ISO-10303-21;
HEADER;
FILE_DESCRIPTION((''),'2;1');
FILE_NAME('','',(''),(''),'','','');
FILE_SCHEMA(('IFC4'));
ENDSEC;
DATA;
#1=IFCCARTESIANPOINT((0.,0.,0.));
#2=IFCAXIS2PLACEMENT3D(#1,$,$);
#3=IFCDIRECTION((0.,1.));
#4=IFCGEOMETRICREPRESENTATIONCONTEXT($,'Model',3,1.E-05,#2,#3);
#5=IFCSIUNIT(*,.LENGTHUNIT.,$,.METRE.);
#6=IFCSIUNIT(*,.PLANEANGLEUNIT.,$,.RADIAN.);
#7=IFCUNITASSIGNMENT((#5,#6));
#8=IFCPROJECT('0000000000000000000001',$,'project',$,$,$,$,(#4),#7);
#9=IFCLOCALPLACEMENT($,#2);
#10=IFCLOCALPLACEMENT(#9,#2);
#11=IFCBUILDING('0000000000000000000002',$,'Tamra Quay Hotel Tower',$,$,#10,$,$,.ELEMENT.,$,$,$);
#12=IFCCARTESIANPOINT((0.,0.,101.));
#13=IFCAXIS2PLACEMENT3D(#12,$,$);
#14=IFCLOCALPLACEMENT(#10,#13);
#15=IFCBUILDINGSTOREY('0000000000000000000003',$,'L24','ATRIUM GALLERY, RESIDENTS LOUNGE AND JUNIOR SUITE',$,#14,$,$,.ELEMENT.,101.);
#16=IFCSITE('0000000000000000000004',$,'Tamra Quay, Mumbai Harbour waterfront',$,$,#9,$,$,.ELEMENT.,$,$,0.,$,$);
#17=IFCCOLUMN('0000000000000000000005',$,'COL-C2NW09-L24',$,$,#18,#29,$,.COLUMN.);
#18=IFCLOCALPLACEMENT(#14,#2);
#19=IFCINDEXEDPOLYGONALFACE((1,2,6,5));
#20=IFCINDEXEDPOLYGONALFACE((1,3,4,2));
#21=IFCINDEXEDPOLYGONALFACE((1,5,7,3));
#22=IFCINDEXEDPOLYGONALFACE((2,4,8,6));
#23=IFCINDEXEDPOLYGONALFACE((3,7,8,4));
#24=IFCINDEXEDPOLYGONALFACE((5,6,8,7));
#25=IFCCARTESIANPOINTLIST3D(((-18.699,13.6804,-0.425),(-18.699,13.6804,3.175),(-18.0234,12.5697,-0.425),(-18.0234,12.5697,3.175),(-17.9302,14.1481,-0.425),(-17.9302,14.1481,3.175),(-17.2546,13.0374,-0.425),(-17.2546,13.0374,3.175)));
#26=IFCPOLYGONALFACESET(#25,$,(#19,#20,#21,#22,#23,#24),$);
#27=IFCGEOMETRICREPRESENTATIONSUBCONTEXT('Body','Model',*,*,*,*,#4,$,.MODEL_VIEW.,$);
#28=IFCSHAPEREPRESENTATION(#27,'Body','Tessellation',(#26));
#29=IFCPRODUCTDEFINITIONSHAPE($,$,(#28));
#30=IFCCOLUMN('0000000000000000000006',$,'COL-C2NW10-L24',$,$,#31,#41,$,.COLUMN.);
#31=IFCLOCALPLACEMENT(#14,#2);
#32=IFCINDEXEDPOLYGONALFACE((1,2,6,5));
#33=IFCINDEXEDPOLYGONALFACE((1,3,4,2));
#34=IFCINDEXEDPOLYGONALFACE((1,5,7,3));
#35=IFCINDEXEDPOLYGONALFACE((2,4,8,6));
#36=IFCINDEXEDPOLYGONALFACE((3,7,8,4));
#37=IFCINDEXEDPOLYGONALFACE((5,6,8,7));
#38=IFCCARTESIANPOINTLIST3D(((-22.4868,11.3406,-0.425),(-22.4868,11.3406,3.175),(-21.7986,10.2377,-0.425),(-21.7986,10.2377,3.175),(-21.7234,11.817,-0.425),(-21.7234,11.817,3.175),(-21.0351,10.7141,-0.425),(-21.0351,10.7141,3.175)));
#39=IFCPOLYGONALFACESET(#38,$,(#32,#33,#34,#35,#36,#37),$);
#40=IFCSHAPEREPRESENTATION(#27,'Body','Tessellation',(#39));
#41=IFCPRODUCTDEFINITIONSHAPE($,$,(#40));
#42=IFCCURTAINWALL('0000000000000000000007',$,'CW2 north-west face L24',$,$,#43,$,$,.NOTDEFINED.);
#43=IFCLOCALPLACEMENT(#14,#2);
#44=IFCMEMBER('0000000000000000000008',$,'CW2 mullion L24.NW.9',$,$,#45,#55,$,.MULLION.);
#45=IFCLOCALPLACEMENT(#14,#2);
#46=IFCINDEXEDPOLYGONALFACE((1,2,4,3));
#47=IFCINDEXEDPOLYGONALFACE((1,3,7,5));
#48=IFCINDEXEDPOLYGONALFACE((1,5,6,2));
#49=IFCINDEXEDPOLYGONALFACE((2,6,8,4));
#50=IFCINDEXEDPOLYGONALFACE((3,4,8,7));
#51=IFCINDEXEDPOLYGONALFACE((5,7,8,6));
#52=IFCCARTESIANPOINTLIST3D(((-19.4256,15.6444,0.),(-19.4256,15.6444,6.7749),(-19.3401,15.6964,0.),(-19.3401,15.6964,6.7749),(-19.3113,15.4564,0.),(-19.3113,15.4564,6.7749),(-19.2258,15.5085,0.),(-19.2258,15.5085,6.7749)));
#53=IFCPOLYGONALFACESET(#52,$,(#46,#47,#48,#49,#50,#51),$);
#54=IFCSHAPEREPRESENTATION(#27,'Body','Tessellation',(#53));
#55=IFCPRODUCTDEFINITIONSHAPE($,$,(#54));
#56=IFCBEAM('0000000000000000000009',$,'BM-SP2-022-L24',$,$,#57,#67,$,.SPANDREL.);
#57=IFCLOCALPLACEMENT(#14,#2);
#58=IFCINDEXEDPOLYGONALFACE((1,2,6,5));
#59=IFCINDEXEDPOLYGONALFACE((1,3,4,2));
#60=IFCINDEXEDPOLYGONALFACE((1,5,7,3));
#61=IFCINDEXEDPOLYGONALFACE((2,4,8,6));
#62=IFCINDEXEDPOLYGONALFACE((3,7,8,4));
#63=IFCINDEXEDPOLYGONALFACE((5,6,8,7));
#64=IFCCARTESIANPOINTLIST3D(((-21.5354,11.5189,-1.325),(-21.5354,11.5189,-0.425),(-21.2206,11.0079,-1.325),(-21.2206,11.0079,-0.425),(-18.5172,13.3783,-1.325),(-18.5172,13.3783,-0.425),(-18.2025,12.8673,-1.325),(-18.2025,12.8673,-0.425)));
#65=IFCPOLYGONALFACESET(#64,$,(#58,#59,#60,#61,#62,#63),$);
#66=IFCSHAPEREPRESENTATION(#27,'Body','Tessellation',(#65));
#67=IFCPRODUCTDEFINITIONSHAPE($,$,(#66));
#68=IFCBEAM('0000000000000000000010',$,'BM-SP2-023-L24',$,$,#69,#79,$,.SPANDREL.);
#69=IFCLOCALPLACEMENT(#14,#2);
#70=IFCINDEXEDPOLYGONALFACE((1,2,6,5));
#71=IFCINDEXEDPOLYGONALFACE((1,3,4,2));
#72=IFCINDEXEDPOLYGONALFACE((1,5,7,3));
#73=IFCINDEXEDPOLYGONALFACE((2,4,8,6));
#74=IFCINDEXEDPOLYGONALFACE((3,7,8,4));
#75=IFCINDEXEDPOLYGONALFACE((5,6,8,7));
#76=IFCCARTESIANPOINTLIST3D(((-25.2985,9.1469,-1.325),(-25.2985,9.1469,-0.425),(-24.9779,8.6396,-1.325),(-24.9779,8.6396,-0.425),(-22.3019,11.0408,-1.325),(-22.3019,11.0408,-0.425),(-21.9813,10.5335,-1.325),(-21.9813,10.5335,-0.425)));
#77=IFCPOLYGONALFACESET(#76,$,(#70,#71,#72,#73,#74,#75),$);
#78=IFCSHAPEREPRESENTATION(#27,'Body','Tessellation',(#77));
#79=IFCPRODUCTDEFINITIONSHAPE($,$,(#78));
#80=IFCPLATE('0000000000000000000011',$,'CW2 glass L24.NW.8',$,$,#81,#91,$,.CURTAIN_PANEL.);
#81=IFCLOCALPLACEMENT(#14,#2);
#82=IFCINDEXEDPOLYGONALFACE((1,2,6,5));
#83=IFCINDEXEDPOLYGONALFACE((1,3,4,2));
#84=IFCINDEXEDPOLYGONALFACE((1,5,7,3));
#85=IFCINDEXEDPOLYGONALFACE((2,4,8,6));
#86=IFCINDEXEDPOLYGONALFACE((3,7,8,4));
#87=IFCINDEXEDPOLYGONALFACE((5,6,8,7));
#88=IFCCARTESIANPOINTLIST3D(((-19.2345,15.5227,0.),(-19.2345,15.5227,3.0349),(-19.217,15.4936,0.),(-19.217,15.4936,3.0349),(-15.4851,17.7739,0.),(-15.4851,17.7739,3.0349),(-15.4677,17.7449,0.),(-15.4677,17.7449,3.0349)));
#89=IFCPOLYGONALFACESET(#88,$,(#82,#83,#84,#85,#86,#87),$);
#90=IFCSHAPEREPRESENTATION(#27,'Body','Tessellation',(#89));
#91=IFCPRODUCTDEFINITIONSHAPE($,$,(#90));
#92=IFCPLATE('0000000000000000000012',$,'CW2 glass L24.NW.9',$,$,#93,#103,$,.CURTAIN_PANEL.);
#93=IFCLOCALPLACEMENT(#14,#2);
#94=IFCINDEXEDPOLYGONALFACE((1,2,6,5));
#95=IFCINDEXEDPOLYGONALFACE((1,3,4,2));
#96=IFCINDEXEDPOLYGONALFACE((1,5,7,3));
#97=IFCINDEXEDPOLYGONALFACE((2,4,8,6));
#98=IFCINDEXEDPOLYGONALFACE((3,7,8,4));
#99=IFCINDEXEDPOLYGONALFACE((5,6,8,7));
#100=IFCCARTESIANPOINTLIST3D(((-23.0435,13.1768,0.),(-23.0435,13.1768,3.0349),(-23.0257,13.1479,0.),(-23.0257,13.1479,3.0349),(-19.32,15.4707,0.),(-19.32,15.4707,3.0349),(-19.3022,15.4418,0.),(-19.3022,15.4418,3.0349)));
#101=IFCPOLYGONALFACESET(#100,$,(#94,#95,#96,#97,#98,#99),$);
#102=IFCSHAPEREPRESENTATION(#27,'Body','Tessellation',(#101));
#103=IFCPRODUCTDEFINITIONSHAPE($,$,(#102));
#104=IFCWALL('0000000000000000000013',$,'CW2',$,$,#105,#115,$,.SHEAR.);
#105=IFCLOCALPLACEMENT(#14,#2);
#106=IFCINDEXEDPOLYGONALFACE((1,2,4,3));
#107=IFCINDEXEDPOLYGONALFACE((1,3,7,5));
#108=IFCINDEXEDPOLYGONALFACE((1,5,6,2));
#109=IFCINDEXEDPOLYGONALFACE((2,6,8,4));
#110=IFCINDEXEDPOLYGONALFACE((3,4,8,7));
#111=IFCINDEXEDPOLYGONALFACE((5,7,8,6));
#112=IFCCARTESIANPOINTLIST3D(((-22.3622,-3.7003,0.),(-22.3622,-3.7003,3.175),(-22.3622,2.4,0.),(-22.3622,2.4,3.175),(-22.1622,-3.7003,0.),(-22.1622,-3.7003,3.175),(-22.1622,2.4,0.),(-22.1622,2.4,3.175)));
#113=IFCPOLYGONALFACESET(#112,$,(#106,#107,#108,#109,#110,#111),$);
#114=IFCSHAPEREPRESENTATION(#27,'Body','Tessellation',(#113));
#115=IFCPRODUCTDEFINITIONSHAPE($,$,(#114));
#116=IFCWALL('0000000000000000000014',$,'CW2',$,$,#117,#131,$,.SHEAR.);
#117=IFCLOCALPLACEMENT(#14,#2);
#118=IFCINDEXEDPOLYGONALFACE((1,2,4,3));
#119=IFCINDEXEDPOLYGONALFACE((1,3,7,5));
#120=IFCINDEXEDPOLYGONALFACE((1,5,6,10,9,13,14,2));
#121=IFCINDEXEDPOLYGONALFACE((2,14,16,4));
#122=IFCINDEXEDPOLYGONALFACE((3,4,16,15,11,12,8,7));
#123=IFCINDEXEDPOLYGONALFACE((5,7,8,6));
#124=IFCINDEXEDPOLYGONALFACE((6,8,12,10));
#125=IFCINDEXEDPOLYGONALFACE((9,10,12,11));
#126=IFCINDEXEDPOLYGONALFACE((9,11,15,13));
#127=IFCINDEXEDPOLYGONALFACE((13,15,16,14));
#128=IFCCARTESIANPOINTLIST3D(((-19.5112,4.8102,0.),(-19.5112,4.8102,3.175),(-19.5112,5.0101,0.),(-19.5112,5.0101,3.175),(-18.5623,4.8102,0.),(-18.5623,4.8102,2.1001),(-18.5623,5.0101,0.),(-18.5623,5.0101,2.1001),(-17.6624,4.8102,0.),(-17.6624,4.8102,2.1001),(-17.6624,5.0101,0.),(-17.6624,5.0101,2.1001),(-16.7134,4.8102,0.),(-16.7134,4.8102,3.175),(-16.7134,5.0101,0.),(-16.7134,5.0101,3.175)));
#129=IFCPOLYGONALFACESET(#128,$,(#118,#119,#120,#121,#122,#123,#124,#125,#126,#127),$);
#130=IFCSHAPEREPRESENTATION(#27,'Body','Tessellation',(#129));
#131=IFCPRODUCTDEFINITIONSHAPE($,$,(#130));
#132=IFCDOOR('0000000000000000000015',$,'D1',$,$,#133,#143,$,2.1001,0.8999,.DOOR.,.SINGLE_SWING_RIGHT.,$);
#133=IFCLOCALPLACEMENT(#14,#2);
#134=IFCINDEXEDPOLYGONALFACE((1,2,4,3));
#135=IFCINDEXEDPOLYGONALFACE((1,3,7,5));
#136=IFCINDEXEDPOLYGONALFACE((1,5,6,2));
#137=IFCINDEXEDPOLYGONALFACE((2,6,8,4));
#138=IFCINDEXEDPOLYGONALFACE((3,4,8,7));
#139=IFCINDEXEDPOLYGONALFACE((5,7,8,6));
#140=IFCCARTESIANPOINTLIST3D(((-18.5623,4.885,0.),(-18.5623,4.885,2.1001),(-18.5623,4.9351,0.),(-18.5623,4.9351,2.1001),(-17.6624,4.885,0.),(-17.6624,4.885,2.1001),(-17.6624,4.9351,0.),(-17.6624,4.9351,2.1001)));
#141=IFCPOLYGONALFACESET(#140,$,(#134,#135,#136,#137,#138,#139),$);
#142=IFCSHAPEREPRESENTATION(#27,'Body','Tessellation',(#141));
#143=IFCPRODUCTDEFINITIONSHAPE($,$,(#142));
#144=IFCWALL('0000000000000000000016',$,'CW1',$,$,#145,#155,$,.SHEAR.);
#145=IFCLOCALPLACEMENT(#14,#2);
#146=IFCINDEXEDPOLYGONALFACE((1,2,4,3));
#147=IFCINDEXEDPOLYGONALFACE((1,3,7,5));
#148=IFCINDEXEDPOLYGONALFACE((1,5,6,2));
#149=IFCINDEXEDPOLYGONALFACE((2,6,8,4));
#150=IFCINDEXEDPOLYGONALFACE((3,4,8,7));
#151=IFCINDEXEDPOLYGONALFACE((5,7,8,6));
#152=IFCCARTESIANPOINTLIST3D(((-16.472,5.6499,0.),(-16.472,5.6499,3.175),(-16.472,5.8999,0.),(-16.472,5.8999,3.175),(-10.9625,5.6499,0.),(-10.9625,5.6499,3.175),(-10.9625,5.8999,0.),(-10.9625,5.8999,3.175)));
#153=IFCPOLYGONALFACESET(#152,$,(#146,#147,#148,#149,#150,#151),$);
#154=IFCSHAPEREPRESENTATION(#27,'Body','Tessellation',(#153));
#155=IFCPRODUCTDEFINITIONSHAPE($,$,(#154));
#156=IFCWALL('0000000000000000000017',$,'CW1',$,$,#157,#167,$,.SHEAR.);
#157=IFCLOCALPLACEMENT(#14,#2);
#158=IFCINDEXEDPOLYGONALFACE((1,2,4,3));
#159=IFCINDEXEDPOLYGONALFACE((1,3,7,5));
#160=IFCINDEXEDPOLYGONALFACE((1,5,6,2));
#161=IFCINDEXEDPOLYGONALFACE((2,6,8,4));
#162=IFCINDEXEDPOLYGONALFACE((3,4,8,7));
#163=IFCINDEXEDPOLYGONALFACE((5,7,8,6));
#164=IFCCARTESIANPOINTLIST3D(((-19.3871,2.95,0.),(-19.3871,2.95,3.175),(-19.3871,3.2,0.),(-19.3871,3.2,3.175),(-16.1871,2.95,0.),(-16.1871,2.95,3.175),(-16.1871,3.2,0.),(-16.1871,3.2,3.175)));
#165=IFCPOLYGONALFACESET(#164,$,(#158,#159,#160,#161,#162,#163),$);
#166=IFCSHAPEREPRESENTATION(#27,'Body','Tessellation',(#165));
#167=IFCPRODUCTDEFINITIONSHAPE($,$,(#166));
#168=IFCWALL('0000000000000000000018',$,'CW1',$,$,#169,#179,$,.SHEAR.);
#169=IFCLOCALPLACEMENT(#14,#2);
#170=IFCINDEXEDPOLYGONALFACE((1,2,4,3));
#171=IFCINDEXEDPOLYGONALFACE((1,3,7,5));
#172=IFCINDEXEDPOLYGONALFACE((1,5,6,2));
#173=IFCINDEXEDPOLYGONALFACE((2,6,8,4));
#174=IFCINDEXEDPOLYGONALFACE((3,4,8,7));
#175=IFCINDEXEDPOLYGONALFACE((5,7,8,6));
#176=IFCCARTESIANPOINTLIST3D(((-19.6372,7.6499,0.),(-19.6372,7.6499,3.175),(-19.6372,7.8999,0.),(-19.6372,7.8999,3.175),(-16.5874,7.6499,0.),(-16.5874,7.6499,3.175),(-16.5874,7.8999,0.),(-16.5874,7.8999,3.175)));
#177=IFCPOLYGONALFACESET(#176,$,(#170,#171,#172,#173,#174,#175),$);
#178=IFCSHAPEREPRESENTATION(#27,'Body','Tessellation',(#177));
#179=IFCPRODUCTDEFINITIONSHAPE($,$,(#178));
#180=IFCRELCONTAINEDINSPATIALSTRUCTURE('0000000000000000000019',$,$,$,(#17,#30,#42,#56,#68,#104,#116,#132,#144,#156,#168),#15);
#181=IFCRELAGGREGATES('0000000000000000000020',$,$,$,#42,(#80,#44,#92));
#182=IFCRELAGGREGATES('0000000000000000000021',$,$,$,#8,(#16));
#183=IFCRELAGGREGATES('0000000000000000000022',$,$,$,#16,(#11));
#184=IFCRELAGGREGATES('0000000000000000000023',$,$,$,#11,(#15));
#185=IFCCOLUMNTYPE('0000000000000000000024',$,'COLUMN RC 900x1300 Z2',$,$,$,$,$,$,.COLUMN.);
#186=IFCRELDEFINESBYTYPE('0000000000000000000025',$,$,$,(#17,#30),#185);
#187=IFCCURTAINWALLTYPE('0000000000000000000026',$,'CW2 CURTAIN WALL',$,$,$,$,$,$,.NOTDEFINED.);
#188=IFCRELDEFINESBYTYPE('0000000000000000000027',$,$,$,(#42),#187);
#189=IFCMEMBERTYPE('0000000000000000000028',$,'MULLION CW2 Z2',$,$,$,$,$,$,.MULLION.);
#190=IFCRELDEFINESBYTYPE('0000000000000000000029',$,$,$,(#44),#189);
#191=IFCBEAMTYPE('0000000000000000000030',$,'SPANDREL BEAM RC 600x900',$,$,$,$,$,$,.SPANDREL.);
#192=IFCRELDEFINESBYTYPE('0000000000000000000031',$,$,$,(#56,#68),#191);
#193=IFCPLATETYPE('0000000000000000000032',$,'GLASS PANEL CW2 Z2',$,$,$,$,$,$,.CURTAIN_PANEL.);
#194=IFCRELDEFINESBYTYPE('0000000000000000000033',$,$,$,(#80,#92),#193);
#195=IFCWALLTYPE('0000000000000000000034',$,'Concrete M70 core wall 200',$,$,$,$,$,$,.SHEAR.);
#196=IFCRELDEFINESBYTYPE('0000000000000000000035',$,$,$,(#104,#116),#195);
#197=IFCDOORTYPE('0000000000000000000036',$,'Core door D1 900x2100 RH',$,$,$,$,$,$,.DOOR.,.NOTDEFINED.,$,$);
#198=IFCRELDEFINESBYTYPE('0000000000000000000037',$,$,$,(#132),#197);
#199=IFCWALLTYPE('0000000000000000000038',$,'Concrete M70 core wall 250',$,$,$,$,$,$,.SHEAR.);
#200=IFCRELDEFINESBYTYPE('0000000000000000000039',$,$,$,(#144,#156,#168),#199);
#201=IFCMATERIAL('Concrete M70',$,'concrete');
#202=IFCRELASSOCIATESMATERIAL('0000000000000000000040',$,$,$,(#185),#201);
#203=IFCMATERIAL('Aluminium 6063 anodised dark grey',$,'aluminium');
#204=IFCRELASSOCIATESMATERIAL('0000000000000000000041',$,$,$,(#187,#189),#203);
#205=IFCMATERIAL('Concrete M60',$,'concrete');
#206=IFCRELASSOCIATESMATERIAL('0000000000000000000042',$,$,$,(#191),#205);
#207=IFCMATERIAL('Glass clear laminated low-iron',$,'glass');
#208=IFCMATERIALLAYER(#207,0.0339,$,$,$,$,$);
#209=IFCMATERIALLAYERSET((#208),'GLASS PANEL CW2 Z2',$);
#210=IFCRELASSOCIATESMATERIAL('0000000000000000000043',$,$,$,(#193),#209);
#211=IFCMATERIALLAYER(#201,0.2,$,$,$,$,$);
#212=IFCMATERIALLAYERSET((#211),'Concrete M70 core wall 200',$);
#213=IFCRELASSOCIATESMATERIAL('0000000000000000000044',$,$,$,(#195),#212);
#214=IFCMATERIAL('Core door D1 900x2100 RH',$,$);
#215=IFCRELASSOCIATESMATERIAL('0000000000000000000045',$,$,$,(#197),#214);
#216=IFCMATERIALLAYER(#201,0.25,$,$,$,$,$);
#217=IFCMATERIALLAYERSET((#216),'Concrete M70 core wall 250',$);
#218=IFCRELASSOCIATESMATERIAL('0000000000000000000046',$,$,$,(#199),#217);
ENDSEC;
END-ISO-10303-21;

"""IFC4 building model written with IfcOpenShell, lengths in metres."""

from ifc_helpers import new_model, si_unit, direction, frame, frame_2d, origin, origin_2d, place, context, subcontext, project, spatial, rectangle, extrude, material, layer, layer_set, material_profile, profile_set, type_object, element, fill, aggregate, save


model = new_model("IFC4")

# Units and contexts
model_context = context("Model", 3, precision=1e-05, world=origin(), true_north=direction((0.0, 1.0)))
body_context = subcontext(model_context, "Body", "Model", "MODEL_VIEW")
ifc_project = project(units=[si_unit("LENGTHUNIT", "METRE"), si_unit("PLANEANGLEUNIT", "RADIAN")], contexts=[model_context])

# Site, building, storey
site_placement = place(None, origin())
site = spatial("IfcSite", under=ifc_project, at=site_placement, Name="Tamra Quay, Mumbai Harbour waterfront", CompositionType="ELEMENT", RefElevation=0.0)
building_placement = place(site_placement, origin())
building = spatial("IfcBuilding", under=site, at=building_placement, Name="Tamra Quay Hotel Tower", CompositionType="ELEMENT")
storey_placement = place(building_placement, frame((0.0, 0.0, 101.0)))
storey = spatial("IfcBuildingStorey", under=building, at=storey_placement, Name="L24", Description="ATRIUM GALLERY, RESIDENTS LOUNGE AND JUNIOR SUITE", CompositionType="ELEMENT", Elevation=101.0)

# Columns
ifc_material_1 = material(Name="Concrete M70", Category="concrete")
ifc_material_profile_1 = material_profile(ifc_material_1, rectangle(XDim=1.3, YDim=0.8999, at=origin_2d()), Name="COLUMN RC 900x1300 Z2")
ifc_profile_set_1 = profile_set([ifc_material_profile_1], Name="Concrete M70")
column_type = type_object("IfcColumnType", Name="COLUMN RC 900x1300 Z2", PredefinedType="COLUMN", material=ifc_profile_set_1)
for number, where, z_axis, x_axis, name in (
    (1, (-17.9768, 13.3589, -0.425), (0.0, 0.0, 1.0), (-0.519679, 0.854362, 0.0), "COL-C2NW09-L24"),
    (2, (-21.761, 11.0273, -0.425), (0.0, 0.0, 1.0), (-0.52941, 0.848366, 0.0), "COL-C2NW10-L24"),
):
    element("IfcColumn", number, at=place(storey_placement, frame(where, z_axis=z_axis, x_axis=x_axis)), inside=storey, type_object=column_type, Name=name, PredefinedType="COLUMN", context=body_context, shape_type="SweptSolid", body=[
        extrude(rectangle(XDim=1.3, YDim=0.8999, at=origin_2d()), origin(), (0.0, 0.0, 1.0), 3.6001),
    ])

# Curtain wall, member
ifc_material_2 = material(Name="Aluminium 6063 anodised dark grey", Category="aluminium")
curtain_wall_type = type_object("IfcCurtainWallType", Name="CW2 CURTAIN WALL", PredefinedType="NOTDEFINED", material=ifc_material_2)
curtain_wall_placement = place(storey_placement, origin())
curtain_wall = element("IfcCurtainWall", 3, at=curtain_wall_placement, inside=storey, type_object=curtain_wall_type, Name="CW2 north-west face L24", PredefinedType="NOTDEFINED")
ifc_material_profile_2 = material_profile(ifc_material_2, rectangle(XDim=0.22, YDim=0.1001, at=origin_2d()), Name="MULLION 100X220")
ifc_profile_set_2 = profile_set([ifc_material_profile_2], Name="Aluminium 6063 anodised dark grey")
member_type = type_object("IfcMemberType", Name="MULLION CW2 Z2", PredefinedType="MULLION", material=ifc_profile_set_2)
member_placement = place(storey_placement, frame((-19.3257, 15.5764, 0.0), z_axis=(0.0, 0.0, 1.0), x_axis=(-0.51965, 0.854379, 0.0)))
member = element("IfcMember", 4, at=member_placement, type_object=member_type, Name="CW2 mullion L24.NW.9", PredefinedType="MULLION", context=body_context, shape_type="SweptSolid", body=[
    extrude(rectangle(XDim=0.22, YDim=0.1001, at=origin_2d()), origin(), (0.0, 0.0, 1.0), 6.7749),
])

# Beams
ifc_material_3 = material(Name="Concrete M60", Category="concrete")
ifc_material_profile_3 = material_profile(ifc_material_3, rectangle(XDim=0.6001, YDim=0.8999, at=origin_2d()), Name="SPANDREL BEAM RC 600x900")
ifc_profile_set_3 = profile_set([ifc_material_profile_3], Name="Concrete M60")
beam_type = type_object("IfcBeamType", Name="SPANDREL BEAM RC 600x900", PredefinedType="SPANDREL", material=ifc_profile_set_3)
for number, where, z_axis, x_axis, name in (
    (5, (-18.3599, 13.1228, -0.875), (-0.851393, -0.524528, 0.0), (0.524528, -0.851393, 0.0), "BM-SP2-022-L24"),
    (6, (-22.1416, 10.7871, -0.875), (-0.845333, -0.534239, 0.0), (0.534239, -0.845333, 0.0), "BM-SP2-023-L24"),
):
    element("IfcBeam", number, at=place(storey_placement, frame(where, z_axis=z_axis, x_axis=x_axis)), inside=storey, type_object=beam_type, Name=name, PredefinedType="SPANDREL", context=body_context, shape_type="SweptSolid", body=[
        extrude(rectangle(XDim=0.6001, YDim=0.8999, at=origin_2d()), origin(), (0.0, 0.0, 1.0), 3.5449),
    ])

# Plates
ifc_material_4 = material(Name="Glass clear laminated low-iron", Category="glass")
ifc_layer_1 = layer(ifc_material_4, 0.0339)
ifc_layer_set_1 = layer_set([ifc_layer_1], Name="GLASS PANEL CW2 Z2")
plate_type = type_object("IfcPlateType", Name="GLASS PANEL CW2 Z2", PredefinedType="CURTAIN_PANEL", material=ifc_layer_set_1)
plate_1_placement = place(storey_placement, frame((-17.3511, 16.6338, 0.0), z_axis=(0.0, 0.0, 1.0), x_axis=(-0.857331, -0.514765, 0.0)))
plate_1 = element("IfcPlate", 7, at=plate_1_placement, type_object=plate_type, Name="CW2 glass L24.NW.8", PredefinedType="CURTAIN_PANEL", context=body_context, shape_type="SweptSolid", body=[
    extrude(rectangle(XDim=4.3733, YDim=0.0339, at=origin_2d()), origin(), (0.0, 0.0, 1.0), 3.0349),
])
plate_2_placement = place(storey_placement, frame((-21.1729, 14.3093, 0.0), z_axis=(0.0, 0.0, 1.0), x_axis=(-0.851399, -0.524518, 0.0)))
plate_2 = element("IfcPlate", 8, at=plate_2_placement, type_object=plate_type, Name="CW2 glass L24.NW.9", PredefinedType="CURTAIN_PANEL", context=body_context, shape_type="SweptSolid", body=[
    extrude(rectangle(XDim=4.3733, YDim=0.0339, at=origin_2d()), origin(), (0.0, 0.0, 1.0), 3.0349),
])
aggregate(curtain_wall, [plate_1, member, plate_2])

# Wall
ifc_layer_2 = layer(ifc_material_1, 0.2)
ifc_layer_set_2 = layer_set([ifc_layer_2], Name="Concrete M70 core wall 200")
wall_type_1 = type_object("IfcWallType", Name="Concrete M70 core wall 200", PredefinedType="SHEAR", material=ifc_layer_set_2)
wall_1_placement = place(storey_placement, frame((-22.2622, 2.4001, 0.0), z_axis=(0.0, 0.0, 1.0), x_axis=(0.0, -1.0, 0.0)))
element("IfcWall", 9, at=wall_1_placement, inside=storey, type_object=wall_type_1, Name="CW2", PredefinedType="SHEAR", context=body_context, shape_type="SweptSolid", body=[
    extrude(rectangle(XDim=6.1003, YDim=0.2, at=frame_2d((3.0503, 0.0))), origin(), (0.0, 0.0, 1.0), 3.175),
])

# Wall, opening, door
wall_2_placement = place(storey_placement, frame((-19.5112, 4.9102, 0.0), z_axis=(0.0, 0.0, 1.0), x_axis=(1.0, 0.0, 0.0)))
wall_2 = element("IfcWall", 10, at=wall_2_placement, inside=storey, type_object=wall_type_1, Name="CW2", PredefinedType="SHEAR", context=body_context, shape_type="SweptSolid", body=[
    extrude(rectangle(XDim=2.7979, YDim=0.2, at=frame_2d((1.3989, 0.0))), origin(), (0.0, 0.0, 1.0), 3.175),
])
opening_1_placement = place(wall_2_placement, frame((0.949, 0.0, 0.0)))
opening_1 = element("IfcOpeningElement", 11, at=opening_1_placement, cuts=wall_2, PredefinedType="OPENING", context=body_context, shape_type="SweptSolid", body=[
    extrude(rectangle(XDim=0.8999, YDim=2.1001, at=frame_2d((0.45, 1.05))), frame((0.0, 0.1099, 0.0), z_axis=(0.0, -1.0, 0.0), x_axis=(1.0, 0.0, 0.0)), (0.0, 0.0, 1.0), 0.22),
])
ifc_material_5 = material(Name="Core door D1 900x2100 RH")
door_type_1 = type_object("IfcDoorType", Name="Core door D1 900x2100 RH", OperationType="NOTDEFINED", PredefinedType="DOOR", material=ifc_material_5)
door_1_placement = place(opening_1_placement, origin())
door_1 = element("IfcDoor", 12, at=door_1_placement, inside=storey, type_object=door_type_1, Name="D1", OperationType="SINGLE_SWING_RIGHT", OverallHeight=2.1001, OverallWidth=0.8999, PredefinedType="DOOR", context=body_context, shape_type="SweptSolid", body=[
    extrude(rectangle(XDim=0.8999, YDim=2.1001, at=frame_2d((0.45, 1.05))), frame((0.0, 0.0249, 0.0), z_axis=(0.0, -1.0, 0.0), x_axis=(1.0, 0.0, 0.0)), (0.0, 0.0, 1.0), 0.05),
])
fill(opening_1, door_1)

# Walls
ifc_layer_3 = layer(ifc_material_1, 0.25)
ifc_layer_set_3 = layer_set([ifc_layer_3], Name="Concrete M70 core wall 250")
wall_type_2 = type_object("IfcWallType", Name="Concrete M70 core wall 250", PredefinedType="SHEAR", material=ifc_layer_set_3)
wall_3_placement = place(storey_placement, frame((-16.4722, 5.7749, 0.0), z_axis=(0.0, 0.0, 1.0), x_axis=(1.0, 0.0, 0.0)))
element("IfcWall", 13, at=wall_3_placement, inside=storey, type_object=wall_type_2, Name="CW1", PredefinedType="SHEAR", context=body_context, shape_type="SweptSolid", body=[
    extrude(rectangle(XDim=5.5095, YDim=0.25, at=frame_2d((2.7549, 0.0))), origin(), (0.0, 0.0, 1.0), 3.175),
])
wall_4_placement = place(storey_placement, frame((-19.3872, 3.075, 0.0), z_axis=(0.0, 0.0, 1.0), x_axis=(1.0, 0.0, 0.0)))
element("IfcWall", 14, at=wall_4_placement, inside=storey, type_object=wall_type_2, Name="CW1", PredefinedType="SHEAR", context=body_context, shape_type="SweptSolid", body=[
    extrude(rectangle(XDim=3.2, YDim=0.25, at=frame_2d((1.6001, 0.0))), origin(), (0.0, 0.0, 1.0), 3.175),
])
wall_5_placement = place(storey_placement, frame((-19.6372, 7.7749, 0.0), z_axis=(0.0, 0.0, 1.0), x_axis=(1.0, 0.0, 0.0)))
element("IfcWall", 15, at=wall_5_placement, inside=storey, type_object=wall_type_2, Name="CW1", PredefinedType="SHEAR", context=body_context, shape_type="SweptSolid", body=[
    extrude(rectangle(XDim=3.0498, YDim=0.25, at=frame_2d((1.5249, 0.0))), origin(), (0.0, 0.0, 1.0), 3.175),
])

save(model, "model.ifc")
